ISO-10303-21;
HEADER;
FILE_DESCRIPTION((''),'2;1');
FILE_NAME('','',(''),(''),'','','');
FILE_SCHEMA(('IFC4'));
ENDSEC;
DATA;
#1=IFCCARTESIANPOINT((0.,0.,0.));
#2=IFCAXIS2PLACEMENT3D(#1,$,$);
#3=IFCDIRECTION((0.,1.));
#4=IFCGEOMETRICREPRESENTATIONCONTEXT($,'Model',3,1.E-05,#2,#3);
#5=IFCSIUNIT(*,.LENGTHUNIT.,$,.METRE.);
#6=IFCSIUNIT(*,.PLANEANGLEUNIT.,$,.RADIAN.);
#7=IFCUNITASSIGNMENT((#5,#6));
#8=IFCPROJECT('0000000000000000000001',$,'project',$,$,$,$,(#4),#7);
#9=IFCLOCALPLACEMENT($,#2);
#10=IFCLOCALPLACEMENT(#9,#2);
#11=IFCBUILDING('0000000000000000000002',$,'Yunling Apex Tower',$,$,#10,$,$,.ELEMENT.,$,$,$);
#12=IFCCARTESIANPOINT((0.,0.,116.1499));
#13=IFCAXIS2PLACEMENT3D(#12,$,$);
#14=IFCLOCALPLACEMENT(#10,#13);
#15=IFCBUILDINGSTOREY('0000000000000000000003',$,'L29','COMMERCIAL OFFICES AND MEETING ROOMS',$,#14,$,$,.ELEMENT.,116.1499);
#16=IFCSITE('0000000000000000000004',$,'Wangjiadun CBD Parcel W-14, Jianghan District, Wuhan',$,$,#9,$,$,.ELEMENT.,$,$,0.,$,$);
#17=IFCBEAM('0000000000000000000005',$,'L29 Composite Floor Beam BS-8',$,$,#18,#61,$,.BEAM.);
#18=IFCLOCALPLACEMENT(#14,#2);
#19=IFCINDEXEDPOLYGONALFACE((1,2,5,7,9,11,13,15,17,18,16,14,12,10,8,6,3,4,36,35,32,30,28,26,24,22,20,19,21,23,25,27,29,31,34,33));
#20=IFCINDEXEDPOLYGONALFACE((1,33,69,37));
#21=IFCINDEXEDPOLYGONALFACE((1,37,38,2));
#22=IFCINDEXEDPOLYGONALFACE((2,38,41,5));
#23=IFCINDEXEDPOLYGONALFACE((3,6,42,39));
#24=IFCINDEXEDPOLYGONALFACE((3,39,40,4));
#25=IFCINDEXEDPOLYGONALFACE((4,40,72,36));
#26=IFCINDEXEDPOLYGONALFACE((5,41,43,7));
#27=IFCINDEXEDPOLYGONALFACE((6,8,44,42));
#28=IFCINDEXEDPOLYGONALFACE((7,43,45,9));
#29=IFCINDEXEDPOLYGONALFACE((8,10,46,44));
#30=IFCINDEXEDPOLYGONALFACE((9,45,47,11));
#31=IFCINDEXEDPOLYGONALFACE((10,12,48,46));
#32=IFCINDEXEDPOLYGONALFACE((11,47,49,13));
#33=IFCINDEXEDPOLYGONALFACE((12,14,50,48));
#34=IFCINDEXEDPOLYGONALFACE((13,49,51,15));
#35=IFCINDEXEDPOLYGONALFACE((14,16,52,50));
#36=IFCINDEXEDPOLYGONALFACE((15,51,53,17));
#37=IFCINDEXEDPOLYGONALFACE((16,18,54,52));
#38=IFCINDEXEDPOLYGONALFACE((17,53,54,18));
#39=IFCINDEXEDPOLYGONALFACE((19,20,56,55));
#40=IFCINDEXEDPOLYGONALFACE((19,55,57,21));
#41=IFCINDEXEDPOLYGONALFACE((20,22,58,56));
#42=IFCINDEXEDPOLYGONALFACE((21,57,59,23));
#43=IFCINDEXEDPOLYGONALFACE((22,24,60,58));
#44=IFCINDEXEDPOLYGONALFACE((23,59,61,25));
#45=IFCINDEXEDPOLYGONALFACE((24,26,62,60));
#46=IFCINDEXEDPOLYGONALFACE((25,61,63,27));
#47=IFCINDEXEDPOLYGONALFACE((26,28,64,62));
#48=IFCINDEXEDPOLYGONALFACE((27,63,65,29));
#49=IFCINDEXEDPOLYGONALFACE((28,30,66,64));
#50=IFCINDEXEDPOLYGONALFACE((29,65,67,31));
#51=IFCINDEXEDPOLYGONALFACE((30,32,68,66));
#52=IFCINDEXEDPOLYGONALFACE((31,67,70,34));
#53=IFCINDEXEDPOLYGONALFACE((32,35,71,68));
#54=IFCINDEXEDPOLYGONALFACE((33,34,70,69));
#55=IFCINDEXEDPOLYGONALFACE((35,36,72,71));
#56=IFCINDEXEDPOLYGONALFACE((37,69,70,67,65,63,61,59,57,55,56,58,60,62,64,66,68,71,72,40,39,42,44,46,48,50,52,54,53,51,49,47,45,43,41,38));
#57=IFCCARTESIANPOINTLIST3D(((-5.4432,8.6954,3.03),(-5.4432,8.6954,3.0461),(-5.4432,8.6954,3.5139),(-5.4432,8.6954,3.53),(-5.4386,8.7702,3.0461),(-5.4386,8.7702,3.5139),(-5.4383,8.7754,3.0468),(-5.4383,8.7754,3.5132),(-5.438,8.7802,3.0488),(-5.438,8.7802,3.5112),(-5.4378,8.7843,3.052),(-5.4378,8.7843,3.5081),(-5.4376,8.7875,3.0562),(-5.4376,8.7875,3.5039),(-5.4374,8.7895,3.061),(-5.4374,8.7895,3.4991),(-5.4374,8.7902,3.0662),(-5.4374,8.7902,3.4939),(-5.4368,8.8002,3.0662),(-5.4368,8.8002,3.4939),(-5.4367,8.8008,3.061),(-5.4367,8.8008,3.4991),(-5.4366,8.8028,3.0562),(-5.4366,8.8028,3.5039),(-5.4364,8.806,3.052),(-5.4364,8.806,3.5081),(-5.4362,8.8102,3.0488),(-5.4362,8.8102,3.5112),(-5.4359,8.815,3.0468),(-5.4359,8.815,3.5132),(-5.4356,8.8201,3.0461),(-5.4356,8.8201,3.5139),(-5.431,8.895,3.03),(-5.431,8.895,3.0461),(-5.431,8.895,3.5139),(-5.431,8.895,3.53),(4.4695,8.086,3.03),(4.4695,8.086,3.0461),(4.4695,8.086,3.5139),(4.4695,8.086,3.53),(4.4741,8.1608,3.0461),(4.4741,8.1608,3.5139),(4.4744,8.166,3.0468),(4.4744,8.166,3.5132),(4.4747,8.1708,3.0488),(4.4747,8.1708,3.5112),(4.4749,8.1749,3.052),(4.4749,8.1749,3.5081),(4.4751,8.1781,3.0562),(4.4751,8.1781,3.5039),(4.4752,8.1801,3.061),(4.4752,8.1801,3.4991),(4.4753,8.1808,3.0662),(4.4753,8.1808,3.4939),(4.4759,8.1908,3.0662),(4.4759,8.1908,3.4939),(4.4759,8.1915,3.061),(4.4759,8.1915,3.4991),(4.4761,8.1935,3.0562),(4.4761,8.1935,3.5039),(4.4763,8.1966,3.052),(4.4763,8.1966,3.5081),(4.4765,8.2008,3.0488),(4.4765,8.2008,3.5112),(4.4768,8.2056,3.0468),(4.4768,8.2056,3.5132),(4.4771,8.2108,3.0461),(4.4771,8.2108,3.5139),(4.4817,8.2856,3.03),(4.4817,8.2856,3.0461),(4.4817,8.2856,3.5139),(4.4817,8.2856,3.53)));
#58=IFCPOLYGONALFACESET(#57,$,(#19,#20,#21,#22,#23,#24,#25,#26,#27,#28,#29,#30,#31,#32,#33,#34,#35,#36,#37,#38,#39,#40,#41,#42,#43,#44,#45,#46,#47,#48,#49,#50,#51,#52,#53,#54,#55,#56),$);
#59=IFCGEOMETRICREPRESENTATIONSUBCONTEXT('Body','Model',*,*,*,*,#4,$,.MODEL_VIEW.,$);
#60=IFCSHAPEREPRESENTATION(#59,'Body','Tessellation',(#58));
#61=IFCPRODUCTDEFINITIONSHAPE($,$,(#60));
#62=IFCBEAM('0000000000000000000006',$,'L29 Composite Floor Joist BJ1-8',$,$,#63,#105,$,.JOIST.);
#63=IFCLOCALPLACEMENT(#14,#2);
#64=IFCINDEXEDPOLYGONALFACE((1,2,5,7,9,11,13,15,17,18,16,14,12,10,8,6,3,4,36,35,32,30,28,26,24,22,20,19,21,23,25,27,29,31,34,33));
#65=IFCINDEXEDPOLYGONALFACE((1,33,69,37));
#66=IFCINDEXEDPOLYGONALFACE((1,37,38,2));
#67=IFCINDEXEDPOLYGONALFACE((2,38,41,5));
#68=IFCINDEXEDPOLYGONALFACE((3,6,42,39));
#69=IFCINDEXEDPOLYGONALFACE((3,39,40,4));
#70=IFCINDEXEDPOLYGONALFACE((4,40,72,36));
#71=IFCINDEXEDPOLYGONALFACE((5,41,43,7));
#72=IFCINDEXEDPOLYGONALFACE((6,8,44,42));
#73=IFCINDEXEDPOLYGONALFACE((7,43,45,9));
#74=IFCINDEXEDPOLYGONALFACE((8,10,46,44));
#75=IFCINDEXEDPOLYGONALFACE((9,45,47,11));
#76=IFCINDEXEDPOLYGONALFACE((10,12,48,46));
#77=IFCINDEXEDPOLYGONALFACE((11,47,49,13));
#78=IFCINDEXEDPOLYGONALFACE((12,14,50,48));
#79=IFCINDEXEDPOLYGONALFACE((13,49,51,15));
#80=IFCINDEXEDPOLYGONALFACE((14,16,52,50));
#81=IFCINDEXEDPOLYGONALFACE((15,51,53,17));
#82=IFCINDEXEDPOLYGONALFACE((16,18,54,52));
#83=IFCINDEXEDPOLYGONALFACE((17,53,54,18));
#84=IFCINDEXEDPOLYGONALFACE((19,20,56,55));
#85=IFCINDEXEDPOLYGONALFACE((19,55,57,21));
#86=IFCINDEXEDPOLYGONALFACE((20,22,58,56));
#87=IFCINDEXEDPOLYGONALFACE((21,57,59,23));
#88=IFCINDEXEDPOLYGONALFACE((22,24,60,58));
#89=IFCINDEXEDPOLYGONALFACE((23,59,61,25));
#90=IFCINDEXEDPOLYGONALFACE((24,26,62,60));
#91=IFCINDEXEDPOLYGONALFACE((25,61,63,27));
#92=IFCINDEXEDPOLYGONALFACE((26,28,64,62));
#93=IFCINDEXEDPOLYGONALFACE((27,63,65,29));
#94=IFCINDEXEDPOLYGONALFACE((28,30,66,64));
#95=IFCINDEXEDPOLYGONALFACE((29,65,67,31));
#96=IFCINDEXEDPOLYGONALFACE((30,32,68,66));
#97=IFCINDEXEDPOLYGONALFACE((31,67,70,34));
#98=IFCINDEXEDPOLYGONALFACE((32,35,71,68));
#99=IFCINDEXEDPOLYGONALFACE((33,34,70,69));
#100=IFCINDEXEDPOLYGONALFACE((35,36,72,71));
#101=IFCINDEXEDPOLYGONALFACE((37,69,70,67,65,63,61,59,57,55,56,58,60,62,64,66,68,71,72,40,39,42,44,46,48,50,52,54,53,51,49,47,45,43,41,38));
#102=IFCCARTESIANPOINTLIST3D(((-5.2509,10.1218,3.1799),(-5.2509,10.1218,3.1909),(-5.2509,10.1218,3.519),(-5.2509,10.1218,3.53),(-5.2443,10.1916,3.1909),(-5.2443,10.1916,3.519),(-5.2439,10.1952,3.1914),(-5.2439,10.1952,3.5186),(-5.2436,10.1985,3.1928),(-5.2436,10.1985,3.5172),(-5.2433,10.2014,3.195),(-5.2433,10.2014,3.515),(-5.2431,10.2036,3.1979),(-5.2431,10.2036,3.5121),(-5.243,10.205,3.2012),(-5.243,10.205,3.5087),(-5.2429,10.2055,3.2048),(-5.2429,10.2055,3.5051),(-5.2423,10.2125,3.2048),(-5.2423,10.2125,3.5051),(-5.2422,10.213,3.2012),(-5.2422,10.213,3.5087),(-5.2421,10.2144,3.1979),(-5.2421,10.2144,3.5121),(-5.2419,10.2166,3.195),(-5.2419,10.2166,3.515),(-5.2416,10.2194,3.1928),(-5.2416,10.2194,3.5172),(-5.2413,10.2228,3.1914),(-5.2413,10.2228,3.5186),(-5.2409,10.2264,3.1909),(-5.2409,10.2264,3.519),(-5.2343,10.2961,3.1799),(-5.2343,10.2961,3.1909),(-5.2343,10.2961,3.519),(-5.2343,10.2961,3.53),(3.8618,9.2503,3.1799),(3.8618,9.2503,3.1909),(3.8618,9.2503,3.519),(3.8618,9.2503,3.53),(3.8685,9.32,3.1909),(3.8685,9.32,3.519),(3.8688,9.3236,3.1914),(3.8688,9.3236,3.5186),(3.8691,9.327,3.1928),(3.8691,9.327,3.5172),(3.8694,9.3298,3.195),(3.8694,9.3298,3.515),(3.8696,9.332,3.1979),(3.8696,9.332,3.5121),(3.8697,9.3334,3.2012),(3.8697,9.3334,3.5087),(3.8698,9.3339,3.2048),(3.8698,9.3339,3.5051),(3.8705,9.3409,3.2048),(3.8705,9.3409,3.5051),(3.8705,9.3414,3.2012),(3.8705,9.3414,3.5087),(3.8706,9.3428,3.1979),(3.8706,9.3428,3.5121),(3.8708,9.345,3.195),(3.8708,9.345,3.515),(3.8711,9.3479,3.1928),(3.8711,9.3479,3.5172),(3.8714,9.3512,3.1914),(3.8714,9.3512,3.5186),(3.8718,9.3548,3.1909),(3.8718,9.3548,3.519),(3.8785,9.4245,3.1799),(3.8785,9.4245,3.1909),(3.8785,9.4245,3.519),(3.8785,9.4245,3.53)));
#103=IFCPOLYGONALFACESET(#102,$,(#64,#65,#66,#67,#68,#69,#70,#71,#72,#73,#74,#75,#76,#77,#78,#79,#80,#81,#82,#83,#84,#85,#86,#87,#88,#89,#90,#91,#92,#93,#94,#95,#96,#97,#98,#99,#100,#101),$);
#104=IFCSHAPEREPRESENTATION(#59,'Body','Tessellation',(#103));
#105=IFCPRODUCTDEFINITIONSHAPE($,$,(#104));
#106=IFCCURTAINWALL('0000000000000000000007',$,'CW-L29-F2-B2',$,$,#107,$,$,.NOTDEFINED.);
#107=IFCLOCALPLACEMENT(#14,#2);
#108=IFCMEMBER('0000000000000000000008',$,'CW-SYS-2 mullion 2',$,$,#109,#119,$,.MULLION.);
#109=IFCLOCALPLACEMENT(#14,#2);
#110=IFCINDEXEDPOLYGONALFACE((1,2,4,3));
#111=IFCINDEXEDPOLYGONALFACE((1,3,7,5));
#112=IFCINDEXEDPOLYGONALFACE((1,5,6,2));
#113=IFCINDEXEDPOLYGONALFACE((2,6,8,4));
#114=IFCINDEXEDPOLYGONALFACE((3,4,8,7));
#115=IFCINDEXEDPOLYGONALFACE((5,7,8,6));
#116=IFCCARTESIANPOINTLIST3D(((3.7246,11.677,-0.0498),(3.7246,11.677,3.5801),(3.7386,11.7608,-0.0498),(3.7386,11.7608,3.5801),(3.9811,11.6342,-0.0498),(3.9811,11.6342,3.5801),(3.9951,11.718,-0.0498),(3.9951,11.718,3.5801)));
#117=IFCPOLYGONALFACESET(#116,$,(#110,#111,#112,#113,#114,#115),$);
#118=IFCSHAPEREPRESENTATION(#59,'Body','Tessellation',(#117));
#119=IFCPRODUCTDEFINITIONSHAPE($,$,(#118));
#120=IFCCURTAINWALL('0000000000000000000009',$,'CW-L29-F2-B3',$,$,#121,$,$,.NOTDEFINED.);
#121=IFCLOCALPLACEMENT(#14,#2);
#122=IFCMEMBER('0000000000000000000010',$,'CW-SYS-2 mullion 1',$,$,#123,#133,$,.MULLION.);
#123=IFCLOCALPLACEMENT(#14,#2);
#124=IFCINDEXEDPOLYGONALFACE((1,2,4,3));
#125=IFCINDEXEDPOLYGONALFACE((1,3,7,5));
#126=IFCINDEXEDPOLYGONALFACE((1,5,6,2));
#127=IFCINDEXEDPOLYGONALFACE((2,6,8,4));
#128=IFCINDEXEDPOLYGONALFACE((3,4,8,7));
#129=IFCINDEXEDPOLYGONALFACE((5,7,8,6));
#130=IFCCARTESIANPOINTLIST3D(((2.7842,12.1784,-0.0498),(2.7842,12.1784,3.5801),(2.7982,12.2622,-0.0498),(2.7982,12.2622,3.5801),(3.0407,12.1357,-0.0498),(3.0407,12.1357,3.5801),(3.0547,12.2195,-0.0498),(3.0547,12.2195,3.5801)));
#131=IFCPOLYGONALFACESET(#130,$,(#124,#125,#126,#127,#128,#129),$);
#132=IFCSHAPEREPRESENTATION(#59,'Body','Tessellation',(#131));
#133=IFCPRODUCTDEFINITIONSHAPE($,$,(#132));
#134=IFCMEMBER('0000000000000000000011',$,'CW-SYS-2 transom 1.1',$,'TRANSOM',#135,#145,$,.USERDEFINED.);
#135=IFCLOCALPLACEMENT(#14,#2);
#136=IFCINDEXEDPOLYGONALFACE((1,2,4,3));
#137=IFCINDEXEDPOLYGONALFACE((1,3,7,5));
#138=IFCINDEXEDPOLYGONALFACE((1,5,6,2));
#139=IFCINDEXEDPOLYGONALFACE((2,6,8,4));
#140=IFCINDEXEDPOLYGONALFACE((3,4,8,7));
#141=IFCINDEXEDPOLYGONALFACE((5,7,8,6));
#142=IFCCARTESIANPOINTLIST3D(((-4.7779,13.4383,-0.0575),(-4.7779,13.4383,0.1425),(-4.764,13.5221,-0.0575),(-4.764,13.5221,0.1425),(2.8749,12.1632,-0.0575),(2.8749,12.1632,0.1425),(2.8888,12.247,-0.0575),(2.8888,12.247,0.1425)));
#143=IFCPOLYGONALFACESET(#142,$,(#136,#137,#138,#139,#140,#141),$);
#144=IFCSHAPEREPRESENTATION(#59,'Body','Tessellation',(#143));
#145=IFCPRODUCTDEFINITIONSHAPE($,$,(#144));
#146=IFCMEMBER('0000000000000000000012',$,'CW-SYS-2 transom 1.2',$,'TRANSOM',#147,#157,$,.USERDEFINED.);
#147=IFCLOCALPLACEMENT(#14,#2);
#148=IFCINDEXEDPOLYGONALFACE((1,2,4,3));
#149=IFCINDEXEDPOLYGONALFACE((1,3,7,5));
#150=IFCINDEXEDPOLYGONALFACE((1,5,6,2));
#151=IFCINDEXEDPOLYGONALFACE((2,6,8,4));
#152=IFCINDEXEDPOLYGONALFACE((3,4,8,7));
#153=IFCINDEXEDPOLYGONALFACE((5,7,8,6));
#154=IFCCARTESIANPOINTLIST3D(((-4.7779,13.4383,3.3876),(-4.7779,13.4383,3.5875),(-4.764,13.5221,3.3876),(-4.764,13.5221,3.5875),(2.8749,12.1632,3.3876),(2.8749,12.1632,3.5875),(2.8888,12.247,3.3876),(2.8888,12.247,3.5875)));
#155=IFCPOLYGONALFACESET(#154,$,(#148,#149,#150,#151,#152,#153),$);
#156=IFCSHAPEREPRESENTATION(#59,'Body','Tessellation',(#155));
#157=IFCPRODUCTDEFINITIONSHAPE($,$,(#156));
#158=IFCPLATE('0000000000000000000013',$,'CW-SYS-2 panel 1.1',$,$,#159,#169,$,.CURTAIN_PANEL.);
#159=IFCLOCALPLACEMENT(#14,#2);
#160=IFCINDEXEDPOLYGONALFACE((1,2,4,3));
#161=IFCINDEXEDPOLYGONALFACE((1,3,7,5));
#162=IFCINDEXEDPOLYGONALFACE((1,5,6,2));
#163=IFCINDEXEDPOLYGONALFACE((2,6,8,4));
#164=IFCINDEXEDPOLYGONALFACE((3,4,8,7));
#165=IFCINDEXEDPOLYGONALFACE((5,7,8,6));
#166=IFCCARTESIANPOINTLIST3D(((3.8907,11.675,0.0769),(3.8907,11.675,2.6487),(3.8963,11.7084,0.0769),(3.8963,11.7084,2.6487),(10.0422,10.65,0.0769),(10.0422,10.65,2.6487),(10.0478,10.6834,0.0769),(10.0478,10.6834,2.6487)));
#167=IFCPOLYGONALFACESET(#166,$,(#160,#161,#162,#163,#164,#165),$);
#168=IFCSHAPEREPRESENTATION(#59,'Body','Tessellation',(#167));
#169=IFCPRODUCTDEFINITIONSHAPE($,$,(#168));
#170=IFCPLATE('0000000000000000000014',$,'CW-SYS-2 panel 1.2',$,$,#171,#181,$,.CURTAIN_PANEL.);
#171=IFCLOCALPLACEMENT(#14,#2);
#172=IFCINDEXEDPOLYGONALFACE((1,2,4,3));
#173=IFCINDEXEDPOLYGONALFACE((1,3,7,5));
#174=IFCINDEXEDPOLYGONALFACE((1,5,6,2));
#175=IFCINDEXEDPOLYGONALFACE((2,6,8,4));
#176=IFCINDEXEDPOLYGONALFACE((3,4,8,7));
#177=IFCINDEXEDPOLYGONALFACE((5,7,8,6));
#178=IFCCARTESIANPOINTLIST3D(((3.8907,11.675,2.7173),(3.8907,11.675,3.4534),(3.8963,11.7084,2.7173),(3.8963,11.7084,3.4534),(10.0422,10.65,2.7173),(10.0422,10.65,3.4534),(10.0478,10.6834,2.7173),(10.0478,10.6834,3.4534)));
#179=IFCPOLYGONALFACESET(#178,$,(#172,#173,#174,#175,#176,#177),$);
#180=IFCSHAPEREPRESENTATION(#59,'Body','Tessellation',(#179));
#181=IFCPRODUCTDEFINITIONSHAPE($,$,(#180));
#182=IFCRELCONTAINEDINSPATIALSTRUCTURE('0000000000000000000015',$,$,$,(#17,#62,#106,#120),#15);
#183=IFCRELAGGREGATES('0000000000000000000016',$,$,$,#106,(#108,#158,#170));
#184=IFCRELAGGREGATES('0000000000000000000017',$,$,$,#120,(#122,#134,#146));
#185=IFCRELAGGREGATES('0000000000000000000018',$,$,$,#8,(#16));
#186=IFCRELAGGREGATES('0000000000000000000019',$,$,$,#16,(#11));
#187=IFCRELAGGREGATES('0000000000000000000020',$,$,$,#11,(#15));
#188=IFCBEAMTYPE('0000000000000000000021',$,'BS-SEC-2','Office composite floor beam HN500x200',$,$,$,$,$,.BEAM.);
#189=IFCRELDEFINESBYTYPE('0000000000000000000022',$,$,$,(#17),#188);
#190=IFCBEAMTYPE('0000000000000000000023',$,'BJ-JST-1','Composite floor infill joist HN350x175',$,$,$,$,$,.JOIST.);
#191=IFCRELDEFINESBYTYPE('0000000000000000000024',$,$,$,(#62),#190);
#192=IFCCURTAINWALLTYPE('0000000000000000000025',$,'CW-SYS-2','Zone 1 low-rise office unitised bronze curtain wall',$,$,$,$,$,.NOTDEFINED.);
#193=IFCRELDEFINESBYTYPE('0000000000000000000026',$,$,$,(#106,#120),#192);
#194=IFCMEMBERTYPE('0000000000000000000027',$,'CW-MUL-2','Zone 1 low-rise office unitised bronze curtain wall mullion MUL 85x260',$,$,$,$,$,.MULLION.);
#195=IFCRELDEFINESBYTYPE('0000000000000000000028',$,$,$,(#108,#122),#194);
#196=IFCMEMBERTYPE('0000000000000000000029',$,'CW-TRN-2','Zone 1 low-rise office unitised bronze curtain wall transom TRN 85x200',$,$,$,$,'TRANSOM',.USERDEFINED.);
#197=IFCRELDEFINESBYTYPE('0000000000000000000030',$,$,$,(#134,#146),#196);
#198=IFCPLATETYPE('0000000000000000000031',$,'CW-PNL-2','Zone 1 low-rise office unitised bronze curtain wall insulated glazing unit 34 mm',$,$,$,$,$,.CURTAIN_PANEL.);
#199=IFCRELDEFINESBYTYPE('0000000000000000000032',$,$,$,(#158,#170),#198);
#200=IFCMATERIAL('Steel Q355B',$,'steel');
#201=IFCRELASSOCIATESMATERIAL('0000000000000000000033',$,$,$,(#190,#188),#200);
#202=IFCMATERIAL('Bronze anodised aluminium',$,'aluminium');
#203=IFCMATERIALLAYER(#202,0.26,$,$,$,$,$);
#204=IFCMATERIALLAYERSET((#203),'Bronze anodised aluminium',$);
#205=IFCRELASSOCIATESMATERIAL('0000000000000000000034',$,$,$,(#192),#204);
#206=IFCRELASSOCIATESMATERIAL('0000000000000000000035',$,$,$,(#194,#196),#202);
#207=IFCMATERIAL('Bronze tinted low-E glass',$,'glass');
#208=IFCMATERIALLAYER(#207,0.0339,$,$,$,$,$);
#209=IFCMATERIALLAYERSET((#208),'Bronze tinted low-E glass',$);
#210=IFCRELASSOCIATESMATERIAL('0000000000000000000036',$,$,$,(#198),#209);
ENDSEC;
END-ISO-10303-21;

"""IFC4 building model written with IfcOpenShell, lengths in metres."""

from ifc_helpers import new_model, si_unit, direction, frame, origin, origin_2d, place, context, subcontext, project, spatial, rectangle, i_section, extrude, source, transform, mapped, material, layer, layer_set, material_profile, profile_set, type_object, element, aggregate, save


model = new_model("IFC4")

# Units and contexts
model_context = context("Model", 3, precision=1e-05, world=origin(), true_north=direction((0.0, 1.0)))
body_context = subcontext(model_context, "Body", "Model", "MODEL_VIEW")
ifc_project = project(units=[si_unit("LENGTHUNIT", "METRE"), si_unit("PLANEANGLEUNIT", "RADIAN")], contexts=[model_context])

# Site, building, storey
site_placement = place(None, origin())
site = spatial("IfcSite", under=ifc_project, at=site_placement, Name="Wangjiadun CBD Parcel W-14, Jianghan District, Wuhan", CompositionType="ELEMENT", RefElevation=0.0)
building_placement = place(site_placement, origin())
building = spatial("IfcBuilding", under=site, at=building_placement, Name="Yunling Apex Tower", CompositionType="ELEMENT")
storey_placement = place(building_placement, frame((0.0, 0.0, 116.1499)))
storey = spatial("IfcBuildingStorey", under=building, at=storey_placement, Name="L29", Description="COMMERCIAL OFFICES AND MEETING ROOMS", CompositionType="ELEMENT", Elevation=116.1499)

# Beams
ifc_material_1 = material(Name="Steel Q355B", Category="steel")
ifc_material_profile_1 = material_profile(ifc_material_1, i_section(OverallWidth=0.175, OverallDepth=0.3501, WebThickness=0.0071, FlangeThickness=0.011, FilletRadius=0.0139, at=origin_2d()))
ifc_profile_set_1 = profile_set([ifc_material_profile_1], Name="Steel Q355B")
beam_type_1 = type_object("IfcBeamType", Name="BJ-JST-1", Description="Composite floor infill joist HN350x175", PredefinedType="JOIST", material=ifc_profile_set_1)
ifc_material_profile_2 = material_profile(ifc_material_1, i_section(OverallWidth=0.2, OverallDepth=0.5, WebThickness=0.01, FlangeThickness=0.0161, FilletRadius=0.02, at=origin_2d()))
ifc_profile_set_2 = profile_set([ifc_material_profile_2], Name="Steel Q355B")
beam_type_2 = type_object("IfcBeamType", Name="BS-SEC-2", Description="Office composite floor beam HN500x200", PredefinedType="BEAM", material=ifc_profile_set_2)
shared_shape_1 = source(origin(), body_context, "Body", "SweptSolid", [
    extrude(i_section(OverallWidth=0.2, OverallDepth=0.5, WebThickness=0.01, FlangeThickness=0.0161, FilletRadius=0.02, at=origin_2d()), origin(), (0.0, 0.0, 1.0), 9.9314),
])
beam_1_placement = place(storey_placement, frame((4.4756, 8.1858, 3.28), z_axis=(-0.998116, 0.061359, 0.0), x_axis=(-0.061359, -0.998116, 0.0)))
element("IfcBeam", 1, at=beam_1_placement, inside=storey, type_object=beam_type_2, Name="L29 Composite Floor Beam BS-8", PredefinedType="BEAM", context=body_context, shape_type="MappedRepresentation", body=[
    mapped(shared_shape_1, transform((0.0, 0.0, 0.0), scale=1.0)),
])
shared_shape_2 = source(origin(), body_context, "Body", "SweptSolid", [
    extrude(i_section(OverallWidth=0.175, OverallDepth=0.3501, WebThickness=0.0071, FlangeThickness=0.011, FilletRadius=0.0139, at=origin_2d()), origin(), (0.0, 0.0, 1.0), 9.1543),
])
beam_2_placement = place(storey_placement, frame((3.8701, 9.3374, 3.355), z_axis=(-0.995457, 0.095209, 0.0), x_axis=(-0.095209, -0.995457, 0.0)))
element("IfcBeam", 2, at=beam_2_placement, inside=storey, type_object=beam_type_1, Name="L29 Composite Floor Joist BJ1-8", PredefinedType="JOIST", context=body_context, shape_type="MappedRepresentation", body=[
    mapped(shared_shape_2, transform((0.0, 0.0, 0.0), scale=1.0)),
])

# Curtain wall, member
ifc_material_2 = material(Name="Bronze anodised aluminium", Category="aluminium")
ifc_layer_1 = layer(ifc_material_2, 0.26)
ifc_layer_set_1 = layer_set([ifc_layer_1], Name="Bronze anodised aluminium")
curtain_wall_type = type_object("IfcCurtainWallType", Name="CW-SYS-2", Description="Zone 1 low-rise office unitised bronze curtain wall", PredefinedType="NOTDEFINED", material=ifc_layer_set_1)
curtain_wall_1_placement = place(storey_placement, origin())
curtain_wall_1 = element("IfcCurtainWall", 3, at=curtain_wall_1_placement, inside=storey, type_object=curtain_wall_type, Name="CW-L29-F2-B2", PredefinedType="NOTDEFINED")
ifc_material_profile_3 = material_profile(ifc_material_2, rectangle(XDim=0.085, YDim=0.26, at=origin_2d()))
ifc_profile_set_3 = profile_set([ifc_material_profile_3], Name="Bronze anodised aluminium")
member_type_1 = type_object("IfcMemberType", Name="CW-MUL-2", Description="Zone 1 low-rise office unitised bronze curtain wall mullion MUL 85x260", PredefinedType="MULLION", material=ifc_profile_set_3)
shared_shape_3 = source(origin(), body_context, "Body", "SweptSolid", [
    extrude(rectangle(XDim=0.085, YDim=0.26, at=origin_2d()), origin(), (0.0, 0.0, 1.0), 3.6299),
])
member_1_placement = place(storey_placement, frame((3.8599, 11.6975, -0.0498), z_axis=(0.0, 0.0, 1.0), x_axis=(-0.164356, -0.986401, 0.0)))
member_1 = element("IfcMember", 4, at=member_1_placement, type_object=member_type_1, Name="CW-SYS-2 mullion 2", PredefinedType="MULLION", context=body_context, shape_type="MappedRepresentation", body=[
    mapped(shared_shape_3, transform((0.0, 0.0, 0.0), scale=1.0)),
])

# Curtain wall, members
curtain_wall_2_placement = place(storey_placement, origin())
curtain_wall_2 = element("IfcCurtainWall", 5, at=curtain_wall_2_placement, inside=storey, type_object=curtain_wall_type, Name="CW-L29-F2-B3", PredefinedType="NOTDEFINED")
member_2_placement = place(storey_placement, frame((2.9194, 12.199, -0.0498), z_axis=(0.0, 0.0, 1.0), x_axis=(-0.164362, -0.9864, 0.0)))
member_2 = element("IfcMember", 6, at=member_2_placement, type_object=member_type_1, Name="CW-SYS-2 mullion 1", PredefinedType="MULLION", context=body_context, shape_type="MappedRepresentation", body=[
    mapped(shared_shape_3, transform((0.0, 0.0, 0.0), scale=1.0)),
])
ifc_material_profile_4 = material_profile(ifc_material_2, rectangle(XDim=0.085, YDim=0.2, at=origin_2d()))
ifc_profile_set_4 = profile_set([ifc_material_profile_4], Name="Bronze anodised aluminium")
member_type_2 = type_object("IfcMemberType", Name="CW-TRN-2", Description="Zone 1 low-rise office unitised bronze curtain wall transom TRN 85x200", ElementType="TRANSOM", PredefinedType="USERDEFINED", material=ifc_profile_set_4)
shared_shape_4 = source(origin(), body_context, "Body", "SweptSolid", [
    extrude(rectangle(XDim=0.085, YDim=0.2, at=origin_2d()), origin(), (0.0, 0.0, 1.0), 7.7583),
])
member_3_placement = place(storey_placement, frame((2.8818, 12.2051, 0.0425), z_axis=(-0.986401, 0.164358, 0.0), x_axis=(-0.164358, -0.986401, 0.0)))
member_3 = element("IfcMember", 7, at=member_3_placement, type_object=member_type_2, Name="CW-SYS-2 transom 1.1", ObjectType="TRANSOM", PredefinedType="USERDEFINED", context=body_context, shape_type="MappedRepresentation", body=[
    mapped(shared_shape_4, transform((0.0, 0.0, 0.0), scale=1.0)),
])
member_4_placement = place(storey_placement, frame((2.8818, 12.2051, 3.4875), z_axis=(-0.986401, 0.164358, 0.0), x_axis=(-0.164358, -0.986401, 0.0)))
member_4 = element("IfcMember", 8, at=member_4_placement, type_object=member_type_2, Name="CW-SYS-2 transom 1.2", ObjectType="TRANSOM", PredefinedType="USERDEFINED", context=body_context, shape_type="MappedRepresentation", body=[
    mapped(shared_shape_4, transform((0.0, 0.0, 0.0), scale=1.0)),
])

# Plates
ifc_material_3 = material(Name="Bronze tinted low-E glass", Category="glass")
ifc_layer_2 = layer(ifc_material_3, 0.0339)
ifc_layer_set_2 = layer_set([ifc_layer_2], Name="Bronze tinted low-E glass")
plate_type = type_object("IfcPlateType", Name="CW-PNL-2", Description="Zone 1 low-rise office unitised bronze curtain wall insulated glazing unit 34 mm", PredefinedType="CURTAIN_PANEL", material=ifc_layer_set_2)
shared_shape_5 = source(origin(), body_context, "Body", "SweptSolid", [
    extrude(rectangle(XDim=6.2363, YDim=0.0339, at=origin_2d()), origin(), (0.0, 0.0, 1.0), 2.5718),
])
plate_1_placement = place(storey_placement, frame((6.9692, 11.1792, 0.0769), z_axis=(0.0, 0.0, 1.0), x_axis=(-0.986401, 0.164356, 0.0)))
plate_1 = element("IfcPlate", 9, at=plate_1_placement, type_object=plate_type, Name="CW-SYS-2 panel 1.1", PredefinedType="CURTAIN_PANEL", context=body_context, shape_type="MappedRepresentation", body=[
    mapped(shared_shape_5, transform((0.0, 0.0, 0.0), scale=1.0)),
])
shared_shape_6 = source(origin(), body_context, "Body", "SweptSolid", [
    extrude(rectangle(XDim=6.2363, YDim=0.0339, at=origin_2d()), origin(), (0.0, 0.0, 1.0), 0.7361),
])
plate_2_placement = place(storey_placement, frame((6.9692, 11.1792, 2.7173), z_axis=(0.0, 0.0, 1.0), x_axis=(-0.986401, 0.164356, 0.0)))
plate_2 = element("IfcPlate", 10, at=plate_2_placement, type_object=plate_type, Name="CW-SYS-2 panel 1.2", PredefinedType="CURTAIN_PANEL", context=body_context, shape_type="MappedRepresentation", body=[
    mapped(shared_shape_6, transform((0.0, 0.0, 0.0), scale=1.0)),
])
aggregate(curtain_wall_1, [member_1, plate_1, plate_2])
aggregate(curtain_wall_2, [member_2, member_3, member_4])

save(model, "model.ifc")
